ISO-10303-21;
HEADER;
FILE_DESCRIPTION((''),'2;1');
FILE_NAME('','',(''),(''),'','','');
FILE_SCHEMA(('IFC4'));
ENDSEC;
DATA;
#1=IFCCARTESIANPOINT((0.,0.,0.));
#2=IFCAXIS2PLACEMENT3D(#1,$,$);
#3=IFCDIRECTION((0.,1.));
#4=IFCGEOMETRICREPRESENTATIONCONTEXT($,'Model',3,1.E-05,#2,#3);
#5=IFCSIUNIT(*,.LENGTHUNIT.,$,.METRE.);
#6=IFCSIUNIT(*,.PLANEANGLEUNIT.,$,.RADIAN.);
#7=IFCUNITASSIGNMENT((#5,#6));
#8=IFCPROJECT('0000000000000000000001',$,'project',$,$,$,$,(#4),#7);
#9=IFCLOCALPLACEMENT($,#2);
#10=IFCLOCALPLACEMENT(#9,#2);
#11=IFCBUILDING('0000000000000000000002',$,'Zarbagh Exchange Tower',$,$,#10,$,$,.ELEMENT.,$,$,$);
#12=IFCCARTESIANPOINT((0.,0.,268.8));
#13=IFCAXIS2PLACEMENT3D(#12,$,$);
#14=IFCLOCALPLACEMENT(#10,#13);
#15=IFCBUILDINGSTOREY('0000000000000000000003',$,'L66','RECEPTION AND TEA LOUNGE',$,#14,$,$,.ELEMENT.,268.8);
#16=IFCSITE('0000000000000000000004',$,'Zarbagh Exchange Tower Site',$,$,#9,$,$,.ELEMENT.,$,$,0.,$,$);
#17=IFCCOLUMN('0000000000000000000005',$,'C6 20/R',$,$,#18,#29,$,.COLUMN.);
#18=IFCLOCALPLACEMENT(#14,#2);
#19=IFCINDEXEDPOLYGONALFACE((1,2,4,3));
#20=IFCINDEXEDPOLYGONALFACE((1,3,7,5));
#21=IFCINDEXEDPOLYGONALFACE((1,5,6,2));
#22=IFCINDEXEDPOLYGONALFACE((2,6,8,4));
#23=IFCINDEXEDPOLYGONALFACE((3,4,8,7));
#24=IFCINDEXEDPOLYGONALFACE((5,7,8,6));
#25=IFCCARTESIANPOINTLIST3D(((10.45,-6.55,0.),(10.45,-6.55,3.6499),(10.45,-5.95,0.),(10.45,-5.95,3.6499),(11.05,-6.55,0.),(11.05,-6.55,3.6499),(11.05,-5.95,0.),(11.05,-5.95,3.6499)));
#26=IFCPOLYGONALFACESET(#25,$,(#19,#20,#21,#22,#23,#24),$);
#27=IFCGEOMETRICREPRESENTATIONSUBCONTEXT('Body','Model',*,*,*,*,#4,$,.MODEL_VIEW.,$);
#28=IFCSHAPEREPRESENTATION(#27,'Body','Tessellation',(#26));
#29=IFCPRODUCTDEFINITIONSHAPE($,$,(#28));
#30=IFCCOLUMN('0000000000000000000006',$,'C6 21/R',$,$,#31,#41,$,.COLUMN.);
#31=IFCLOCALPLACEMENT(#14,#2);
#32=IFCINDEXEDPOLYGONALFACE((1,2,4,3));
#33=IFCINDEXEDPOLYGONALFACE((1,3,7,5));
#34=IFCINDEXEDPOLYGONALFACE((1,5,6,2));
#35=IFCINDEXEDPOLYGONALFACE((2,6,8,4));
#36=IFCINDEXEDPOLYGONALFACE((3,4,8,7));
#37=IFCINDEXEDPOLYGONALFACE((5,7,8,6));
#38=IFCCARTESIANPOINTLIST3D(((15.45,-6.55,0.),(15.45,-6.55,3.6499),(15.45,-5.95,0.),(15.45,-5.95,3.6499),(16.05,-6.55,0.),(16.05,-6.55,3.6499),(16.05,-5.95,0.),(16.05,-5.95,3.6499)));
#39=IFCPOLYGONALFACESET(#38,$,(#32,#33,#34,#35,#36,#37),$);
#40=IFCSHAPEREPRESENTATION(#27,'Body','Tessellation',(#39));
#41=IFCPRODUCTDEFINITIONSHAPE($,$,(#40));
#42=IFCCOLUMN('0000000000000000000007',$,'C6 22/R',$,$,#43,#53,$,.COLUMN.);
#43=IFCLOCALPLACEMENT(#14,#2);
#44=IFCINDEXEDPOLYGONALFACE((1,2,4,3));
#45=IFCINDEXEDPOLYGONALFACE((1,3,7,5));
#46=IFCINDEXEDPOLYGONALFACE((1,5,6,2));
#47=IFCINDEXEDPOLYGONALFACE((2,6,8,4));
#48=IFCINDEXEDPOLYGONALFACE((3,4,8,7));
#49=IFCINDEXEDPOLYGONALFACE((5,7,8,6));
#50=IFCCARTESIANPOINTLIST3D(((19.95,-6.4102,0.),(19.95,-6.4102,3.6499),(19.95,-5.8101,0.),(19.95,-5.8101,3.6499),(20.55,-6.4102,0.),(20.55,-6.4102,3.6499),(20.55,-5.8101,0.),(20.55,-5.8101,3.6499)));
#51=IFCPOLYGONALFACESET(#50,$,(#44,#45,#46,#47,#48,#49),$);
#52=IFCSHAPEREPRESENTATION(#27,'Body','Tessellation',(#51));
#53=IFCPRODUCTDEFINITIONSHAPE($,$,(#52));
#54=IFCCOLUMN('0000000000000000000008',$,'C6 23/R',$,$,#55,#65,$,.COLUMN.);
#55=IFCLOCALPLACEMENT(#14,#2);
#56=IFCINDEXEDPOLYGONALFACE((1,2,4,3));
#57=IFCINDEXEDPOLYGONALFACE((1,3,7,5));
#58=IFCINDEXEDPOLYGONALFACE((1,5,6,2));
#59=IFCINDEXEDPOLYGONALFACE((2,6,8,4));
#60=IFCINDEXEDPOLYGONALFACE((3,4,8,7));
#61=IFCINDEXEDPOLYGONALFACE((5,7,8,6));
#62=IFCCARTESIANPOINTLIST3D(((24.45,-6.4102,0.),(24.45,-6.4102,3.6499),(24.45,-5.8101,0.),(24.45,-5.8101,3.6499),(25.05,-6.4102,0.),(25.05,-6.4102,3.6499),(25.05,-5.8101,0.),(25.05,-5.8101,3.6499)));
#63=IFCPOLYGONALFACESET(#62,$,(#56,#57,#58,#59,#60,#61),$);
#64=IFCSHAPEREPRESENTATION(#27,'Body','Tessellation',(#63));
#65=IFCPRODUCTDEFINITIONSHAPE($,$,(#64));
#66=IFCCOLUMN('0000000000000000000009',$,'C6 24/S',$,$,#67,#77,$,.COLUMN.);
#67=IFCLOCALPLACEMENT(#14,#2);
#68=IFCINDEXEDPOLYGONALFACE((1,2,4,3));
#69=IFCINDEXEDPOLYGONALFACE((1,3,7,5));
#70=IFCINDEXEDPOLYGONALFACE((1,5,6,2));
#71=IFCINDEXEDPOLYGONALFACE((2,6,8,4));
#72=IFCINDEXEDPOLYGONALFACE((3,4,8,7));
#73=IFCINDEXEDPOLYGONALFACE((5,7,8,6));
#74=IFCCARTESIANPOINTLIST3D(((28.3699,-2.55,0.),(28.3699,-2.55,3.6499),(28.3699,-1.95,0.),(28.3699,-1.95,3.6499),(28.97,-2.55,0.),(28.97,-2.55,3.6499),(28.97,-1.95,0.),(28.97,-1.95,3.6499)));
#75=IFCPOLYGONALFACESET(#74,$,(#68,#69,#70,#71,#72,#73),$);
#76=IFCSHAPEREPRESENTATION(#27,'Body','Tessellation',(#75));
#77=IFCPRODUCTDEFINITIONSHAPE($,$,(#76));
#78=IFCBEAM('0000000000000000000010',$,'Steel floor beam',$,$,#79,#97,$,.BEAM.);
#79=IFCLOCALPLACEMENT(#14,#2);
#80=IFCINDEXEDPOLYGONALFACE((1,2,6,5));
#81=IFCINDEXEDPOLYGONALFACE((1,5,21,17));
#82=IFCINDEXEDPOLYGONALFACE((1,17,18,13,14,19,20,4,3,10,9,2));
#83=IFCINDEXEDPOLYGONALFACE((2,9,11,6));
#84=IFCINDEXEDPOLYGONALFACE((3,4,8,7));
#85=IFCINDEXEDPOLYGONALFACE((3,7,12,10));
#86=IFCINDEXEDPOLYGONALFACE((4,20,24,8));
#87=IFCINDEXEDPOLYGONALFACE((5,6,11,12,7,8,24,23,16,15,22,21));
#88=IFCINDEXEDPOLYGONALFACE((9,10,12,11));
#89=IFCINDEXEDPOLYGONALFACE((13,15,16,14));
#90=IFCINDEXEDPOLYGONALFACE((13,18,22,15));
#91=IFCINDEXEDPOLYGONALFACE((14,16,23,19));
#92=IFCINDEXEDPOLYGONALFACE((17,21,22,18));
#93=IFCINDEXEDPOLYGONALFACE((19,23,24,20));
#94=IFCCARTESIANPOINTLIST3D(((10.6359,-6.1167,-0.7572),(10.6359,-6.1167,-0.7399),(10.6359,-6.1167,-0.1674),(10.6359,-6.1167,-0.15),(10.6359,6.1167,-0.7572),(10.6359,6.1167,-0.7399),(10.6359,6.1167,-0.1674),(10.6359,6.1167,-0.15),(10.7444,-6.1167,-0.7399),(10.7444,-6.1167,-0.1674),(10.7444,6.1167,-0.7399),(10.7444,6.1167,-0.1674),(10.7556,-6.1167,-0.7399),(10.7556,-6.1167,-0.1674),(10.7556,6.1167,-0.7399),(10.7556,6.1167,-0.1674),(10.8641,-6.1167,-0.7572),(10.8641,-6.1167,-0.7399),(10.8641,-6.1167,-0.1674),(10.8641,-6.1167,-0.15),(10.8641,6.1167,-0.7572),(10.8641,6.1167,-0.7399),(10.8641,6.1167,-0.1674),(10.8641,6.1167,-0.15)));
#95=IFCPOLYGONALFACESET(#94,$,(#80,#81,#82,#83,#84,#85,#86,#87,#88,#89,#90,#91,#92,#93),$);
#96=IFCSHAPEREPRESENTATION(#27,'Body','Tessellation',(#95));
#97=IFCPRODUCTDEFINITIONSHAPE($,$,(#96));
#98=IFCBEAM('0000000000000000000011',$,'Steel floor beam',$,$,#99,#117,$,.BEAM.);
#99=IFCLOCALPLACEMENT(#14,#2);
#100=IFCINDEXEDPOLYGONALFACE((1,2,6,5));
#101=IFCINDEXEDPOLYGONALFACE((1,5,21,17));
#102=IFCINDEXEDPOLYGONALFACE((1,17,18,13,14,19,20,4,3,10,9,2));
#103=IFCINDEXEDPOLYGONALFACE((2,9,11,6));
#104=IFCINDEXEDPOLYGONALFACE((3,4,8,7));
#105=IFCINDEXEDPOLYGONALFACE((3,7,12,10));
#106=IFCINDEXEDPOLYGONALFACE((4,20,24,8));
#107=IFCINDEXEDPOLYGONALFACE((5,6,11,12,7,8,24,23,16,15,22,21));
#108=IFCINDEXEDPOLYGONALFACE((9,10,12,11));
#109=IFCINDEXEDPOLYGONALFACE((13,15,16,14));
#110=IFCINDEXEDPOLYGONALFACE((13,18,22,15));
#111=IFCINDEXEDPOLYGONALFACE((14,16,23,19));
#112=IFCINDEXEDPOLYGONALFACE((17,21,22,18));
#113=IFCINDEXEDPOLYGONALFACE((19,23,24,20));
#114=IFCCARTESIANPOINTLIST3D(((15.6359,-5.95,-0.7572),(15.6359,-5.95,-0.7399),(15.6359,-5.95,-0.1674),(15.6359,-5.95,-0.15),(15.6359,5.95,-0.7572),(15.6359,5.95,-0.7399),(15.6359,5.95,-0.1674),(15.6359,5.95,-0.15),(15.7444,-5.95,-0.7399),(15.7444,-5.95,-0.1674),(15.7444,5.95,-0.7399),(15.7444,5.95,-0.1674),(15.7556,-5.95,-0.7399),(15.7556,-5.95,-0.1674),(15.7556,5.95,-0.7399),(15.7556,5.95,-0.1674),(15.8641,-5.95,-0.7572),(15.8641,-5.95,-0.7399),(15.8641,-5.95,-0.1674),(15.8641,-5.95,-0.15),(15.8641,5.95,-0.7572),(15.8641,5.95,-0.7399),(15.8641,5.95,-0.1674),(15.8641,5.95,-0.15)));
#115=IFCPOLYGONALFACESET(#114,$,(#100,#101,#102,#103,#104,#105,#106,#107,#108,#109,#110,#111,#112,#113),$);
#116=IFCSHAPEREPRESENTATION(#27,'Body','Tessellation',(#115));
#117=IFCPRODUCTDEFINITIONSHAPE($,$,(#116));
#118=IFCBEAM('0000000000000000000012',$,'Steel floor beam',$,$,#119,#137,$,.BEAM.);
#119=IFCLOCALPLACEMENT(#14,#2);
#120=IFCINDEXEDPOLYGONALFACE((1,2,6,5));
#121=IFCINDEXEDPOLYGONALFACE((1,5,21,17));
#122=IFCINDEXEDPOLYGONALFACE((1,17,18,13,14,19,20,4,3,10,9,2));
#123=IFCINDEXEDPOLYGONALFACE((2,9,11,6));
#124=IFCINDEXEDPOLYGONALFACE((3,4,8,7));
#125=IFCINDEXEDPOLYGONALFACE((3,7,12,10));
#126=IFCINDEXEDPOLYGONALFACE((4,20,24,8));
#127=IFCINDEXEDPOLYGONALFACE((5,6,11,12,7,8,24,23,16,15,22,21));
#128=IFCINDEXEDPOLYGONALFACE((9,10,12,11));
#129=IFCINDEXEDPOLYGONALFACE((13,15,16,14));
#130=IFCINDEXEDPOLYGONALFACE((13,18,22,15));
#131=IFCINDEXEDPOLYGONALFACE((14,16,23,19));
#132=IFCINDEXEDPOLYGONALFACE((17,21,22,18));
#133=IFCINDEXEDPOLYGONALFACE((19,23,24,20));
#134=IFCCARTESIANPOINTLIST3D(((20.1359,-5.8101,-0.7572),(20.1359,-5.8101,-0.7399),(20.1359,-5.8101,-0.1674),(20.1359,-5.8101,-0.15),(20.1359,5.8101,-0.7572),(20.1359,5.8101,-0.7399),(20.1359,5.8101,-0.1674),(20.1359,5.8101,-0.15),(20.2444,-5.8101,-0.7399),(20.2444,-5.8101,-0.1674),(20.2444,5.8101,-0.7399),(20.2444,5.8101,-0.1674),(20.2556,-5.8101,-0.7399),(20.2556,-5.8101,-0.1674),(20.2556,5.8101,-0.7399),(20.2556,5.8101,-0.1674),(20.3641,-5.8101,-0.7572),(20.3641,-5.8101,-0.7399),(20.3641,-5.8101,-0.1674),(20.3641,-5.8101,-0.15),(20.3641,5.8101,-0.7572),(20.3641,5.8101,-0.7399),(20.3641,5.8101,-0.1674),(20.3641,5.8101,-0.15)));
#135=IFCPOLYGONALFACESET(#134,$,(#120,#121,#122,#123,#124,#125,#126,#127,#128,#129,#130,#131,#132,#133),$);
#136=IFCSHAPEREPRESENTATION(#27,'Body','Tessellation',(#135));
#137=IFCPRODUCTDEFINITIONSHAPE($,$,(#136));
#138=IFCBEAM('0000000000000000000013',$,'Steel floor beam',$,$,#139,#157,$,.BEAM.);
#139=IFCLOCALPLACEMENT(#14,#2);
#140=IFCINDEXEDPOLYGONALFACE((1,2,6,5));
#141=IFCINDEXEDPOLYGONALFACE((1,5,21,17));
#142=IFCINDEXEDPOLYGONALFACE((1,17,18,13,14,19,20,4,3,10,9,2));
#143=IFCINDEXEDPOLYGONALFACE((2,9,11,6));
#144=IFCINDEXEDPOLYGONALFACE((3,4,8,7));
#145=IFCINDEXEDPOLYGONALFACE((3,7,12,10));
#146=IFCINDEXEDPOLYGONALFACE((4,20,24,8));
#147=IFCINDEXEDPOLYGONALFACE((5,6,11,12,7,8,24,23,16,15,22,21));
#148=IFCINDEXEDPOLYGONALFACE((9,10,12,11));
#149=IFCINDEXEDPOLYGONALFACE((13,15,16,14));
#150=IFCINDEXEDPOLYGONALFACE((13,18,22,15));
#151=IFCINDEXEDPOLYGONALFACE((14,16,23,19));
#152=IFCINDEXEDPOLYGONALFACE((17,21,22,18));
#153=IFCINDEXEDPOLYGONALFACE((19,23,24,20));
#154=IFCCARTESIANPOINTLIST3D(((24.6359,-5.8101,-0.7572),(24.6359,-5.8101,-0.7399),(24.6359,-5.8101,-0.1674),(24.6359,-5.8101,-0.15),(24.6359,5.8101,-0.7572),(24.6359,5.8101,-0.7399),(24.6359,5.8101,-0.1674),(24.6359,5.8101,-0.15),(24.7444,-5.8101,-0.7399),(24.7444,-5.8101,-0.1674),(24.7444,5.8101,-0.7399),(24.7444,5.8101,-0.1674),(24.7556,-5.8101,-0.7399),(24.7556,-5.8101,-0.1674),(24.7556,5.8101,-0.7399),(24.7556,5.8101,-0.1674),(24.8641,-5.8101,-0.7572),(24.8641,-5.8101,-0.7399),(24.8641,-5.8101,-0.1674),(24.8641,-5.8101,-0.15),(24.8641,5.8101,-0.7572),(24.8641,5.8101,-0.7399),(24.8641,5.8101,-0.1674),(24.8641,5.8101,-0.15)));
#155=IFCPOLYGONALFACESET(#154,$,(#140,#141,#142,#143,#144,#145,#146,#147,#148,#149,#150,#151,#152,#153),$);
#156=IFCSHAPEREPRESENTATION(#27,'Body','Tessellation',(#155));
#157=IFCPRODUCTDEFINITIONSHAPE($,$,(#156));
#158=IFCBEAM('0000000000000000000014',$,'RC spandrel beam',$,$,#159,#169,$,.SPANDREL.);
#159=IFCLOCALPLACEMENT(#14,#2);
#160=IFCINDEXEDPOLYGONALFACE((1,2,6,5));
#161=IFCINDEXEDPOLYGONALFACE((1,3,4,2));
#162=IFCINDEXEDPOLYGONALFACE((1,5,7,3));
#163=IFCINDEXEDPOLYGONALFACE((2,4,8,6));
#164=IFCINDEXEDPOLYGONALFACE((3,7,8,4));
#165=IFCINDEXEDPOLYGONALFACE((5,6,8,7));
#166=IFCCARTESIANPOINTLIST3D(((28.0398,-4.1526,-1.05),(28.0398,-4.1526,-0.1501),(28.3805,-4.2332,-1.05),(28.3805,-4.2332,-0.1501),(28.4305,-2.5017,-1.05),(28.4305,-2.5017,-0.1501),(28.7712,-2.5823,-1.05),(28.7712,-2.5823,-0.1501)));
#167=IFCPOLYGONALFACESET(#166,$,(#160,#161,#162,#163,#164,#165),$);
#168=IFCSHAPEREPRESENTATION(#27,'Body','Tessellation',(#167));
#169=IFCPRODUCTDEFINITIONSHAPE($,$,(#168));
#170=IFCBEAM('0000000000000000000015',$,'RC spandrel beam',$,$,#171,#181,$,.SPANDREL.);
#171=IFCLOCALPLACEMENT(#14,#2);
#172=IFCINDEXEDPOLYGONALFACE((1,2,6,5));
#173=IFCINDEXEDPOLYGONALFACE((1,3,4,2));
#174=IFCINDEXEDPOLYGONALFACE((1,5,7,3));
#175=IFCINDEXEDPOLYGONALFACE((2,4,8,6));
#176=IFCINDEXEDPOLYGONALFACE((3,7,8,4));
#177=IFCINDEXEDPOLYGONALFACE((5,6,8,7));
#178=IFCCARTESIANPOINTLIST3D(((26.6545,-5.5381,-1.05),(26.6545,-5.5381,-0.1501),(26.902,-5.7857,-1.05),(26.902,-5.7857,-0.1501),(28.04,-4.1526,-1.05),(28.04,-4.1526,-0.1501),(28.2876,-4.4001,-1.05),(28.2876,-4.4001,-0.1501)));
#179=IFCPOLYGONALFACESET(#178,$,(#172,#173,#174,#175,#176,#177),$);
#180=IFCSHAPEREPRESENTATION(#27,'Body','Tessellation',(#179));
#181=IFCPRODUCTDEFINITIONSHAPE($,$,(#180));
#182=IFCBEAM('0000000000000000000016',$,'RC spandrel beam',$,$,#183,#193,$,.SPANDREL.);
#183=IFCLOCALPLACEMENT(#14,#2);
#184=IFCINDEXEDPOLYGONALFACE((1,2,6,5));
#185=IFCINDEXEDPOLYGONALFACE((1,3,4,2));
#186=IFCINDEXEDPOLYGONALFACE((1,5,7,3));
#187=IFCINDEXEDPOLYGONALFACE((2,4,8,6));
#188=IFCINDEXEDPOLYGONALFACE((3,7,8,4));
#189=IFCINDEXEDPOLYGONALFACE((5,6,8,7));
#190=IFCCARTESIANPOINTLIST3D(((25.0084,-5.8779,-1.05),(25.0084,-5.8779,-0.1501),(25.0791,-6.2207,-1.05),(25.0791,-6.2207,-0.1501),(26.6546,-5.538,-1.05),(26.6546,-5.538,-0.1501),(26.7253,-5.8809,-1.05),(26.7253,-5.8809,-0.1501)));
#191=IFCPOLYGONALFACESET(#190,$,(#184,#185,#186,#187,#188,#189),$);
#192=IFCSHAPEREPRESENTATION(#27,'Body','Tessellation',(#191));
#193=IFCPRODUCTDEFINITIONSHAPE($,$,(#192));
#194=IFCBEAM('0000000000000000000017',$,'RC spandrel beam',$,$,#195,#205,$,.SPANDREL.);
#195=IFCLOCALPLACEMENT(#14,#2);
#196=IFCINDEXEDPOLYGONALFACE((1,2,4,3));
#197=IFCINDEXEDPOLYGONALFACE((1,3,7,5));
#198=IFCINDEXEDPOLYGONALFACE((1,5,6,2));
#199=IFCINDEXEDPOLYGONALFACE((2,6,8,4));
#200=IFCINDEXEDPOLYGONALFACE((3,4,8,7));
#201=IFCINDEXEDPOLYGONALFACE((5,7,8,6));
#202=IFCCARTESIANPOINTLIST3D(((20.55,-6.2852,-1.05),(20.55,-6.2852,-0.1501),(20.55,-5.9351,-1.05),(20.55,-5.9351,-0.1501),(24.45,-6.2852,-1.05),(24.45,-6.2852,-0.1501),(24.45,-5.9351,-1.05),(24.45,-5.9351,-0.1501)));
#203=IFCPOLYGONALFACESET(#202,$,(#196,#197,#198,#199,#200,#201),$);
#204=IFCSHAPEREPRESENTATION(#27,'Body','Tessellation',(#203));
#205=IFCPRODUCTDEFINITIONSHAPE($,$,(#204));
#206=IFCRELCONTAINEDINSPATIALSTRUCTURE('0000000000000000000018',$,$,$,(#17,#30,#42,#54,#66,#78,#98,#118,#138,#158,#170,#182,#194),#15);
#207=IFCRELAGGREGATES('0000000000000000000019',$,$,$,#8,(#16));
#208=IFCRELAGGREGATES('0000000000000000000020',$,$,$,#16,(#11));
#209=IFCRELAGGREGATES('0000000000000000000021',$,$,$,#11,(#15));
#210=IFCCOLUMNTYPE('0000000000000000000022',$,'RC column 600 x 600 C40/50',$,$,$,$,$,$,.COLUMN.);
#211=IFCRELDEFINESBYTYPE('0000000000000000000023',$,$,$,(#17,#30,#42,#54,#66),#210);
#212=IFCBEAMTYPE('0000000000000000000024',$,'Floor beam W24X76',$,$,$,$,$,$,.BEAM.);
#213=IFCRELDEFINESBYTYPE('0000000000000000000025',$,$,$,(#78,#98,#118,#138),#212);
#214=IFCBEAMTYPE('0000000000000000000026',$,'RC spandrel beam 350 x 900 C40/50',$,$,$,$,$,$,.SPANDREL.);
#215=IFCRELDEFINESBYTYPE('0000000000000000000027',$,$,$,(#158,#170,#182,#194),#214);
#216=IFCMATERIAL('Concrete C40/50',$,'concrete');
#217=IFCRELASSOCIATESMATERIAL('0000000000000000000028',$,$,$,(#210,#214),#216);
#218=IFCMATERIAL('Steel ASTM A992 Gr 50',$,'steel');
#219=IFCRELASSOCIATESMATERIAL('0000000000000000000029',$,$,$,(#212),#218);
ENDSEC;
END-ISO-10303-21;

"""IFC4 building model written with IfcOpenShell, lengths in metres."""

from ifc_helpers import new_model, si_unit, direction, frame, origin, origin_2d, place, context, subcontext, project, spatial, rectangle, i_section, extrude, material, material_profile, profile_set, type_object, element, save


model = new_model("IFC4")

# Units and contexts
model_context = context("Model", 3, precision=1e-05, world=origin(), true_north=direction((0.0, 1.0)))
body_context = subcontext(model_context, "Body", "Model", "MODEL_VIEW")
ifc_project = project(units=[si_unit("LENGTHUNIT", "METRE"), si_unit("PLANEANGLEUNIT", "RADIAN")], contexts=[model_context])

# Site, building, storey
site_placement = place(None, origin())
site = spatial("IfcSite", under=ifc_project, at=site_placement, Name="Zarbagh Exchange Tower Site", CompositionType="ELEMENT", RefElevation=0.0)
building_placement = place(site_placement, origin())
building = spatial("IfcBuilding", under=site, at=building_placement, Name="Zarbagh Exchange Tower", CompositionType="ELEMENT")
storey_placement = place(building_placement, frame((0.0, 0.0, 268.8)))
storey = spatial("IfcBuildingStorey", under=building, at=storey_placement, Name="L66", Description="RECEPTION AND TEA LOUNGE", CompositionType="ELEMENT", Elevation=268.8)

# Columns
ifc_material_1 = material(Name="Concrete C40/50", Category="concrete")
ifc_material_profile_1 = material_profile(ifc_material_1, rectangle(XDim=0.6001, YDim=0.6001, at=origin_2d()), Name="RC column 600 x 600 C40/50")
ifc_profile_set_1 = profile_set([ifc_material_profile_1], Name="Concrete C40/50")
column_type = type_object("IfcColumnType", Name="RC column 600 x 600 C40/50", PredefinedType="COLUMN", material=ifc_profile_set_1)
for number, where, z_axis, x_axis, name in (
    (1, (10.75, -6.25, 0.0), (0.0, 0.0, 1.0), (1.0, 0.0, 0.0), "C6 20/R"),
    (2, (15.75, -6.25, 0.0), (0.0, 0.0, 1.0), (1.0, 0.0, 0.0), "C6 21/R"),
    (3, (20.25, -6.1101, 0.0), (0.0, 0.0, 1.0), (1.0, 0.0, 0.0), "C6 22/R"),
    (4, (24.75, -6.1101, 0.0), (0.0, 0.0, 1.0), (1.0, 0.0, 0.0), "C6 23/R"),
    (5, (28.6699, -2.25, 0.0), (0.0, 0.0, 1.0), (1.0, 0.0, 0.0), "C6 24/S"),
):
    element("IfcColumn", number, at=place(storey_placement, frame(where, z_axis=z_axis, x_axis=x_axis)), inside=storey, type_object=column_type, Name=name, PredefinedType="COLUMN", context=body_context, shape_type="SweptSolid", body=[
        extrude(rectangle(XDim=0.6001, YDim=0.6001, at=origin_2d()), origin(), (0.0, 0.0, 1.0), 3.6499),
    ])

# Beams
ifc_material_2 = material(Name="Steel ASTM A992 Gr 50", Category="steel")
ifc_material_profile_2 = material_profile(ifc_material_2, i_section(OverallWidth=0.2283, OverallDepth=0.6072, WebThickness=0.0112, FlangeThickness=0.0173, at=origin_2d()), Name="W24X76")
ifc_profile_set_2 = profile_set([ifc_material_profile_2], Name="Steel ASTM A992 Gr 50")
beam_type_1 = type_object("IfcBeamType", Name="Floor beam W24X76", PredefinedType="BEAM", material=ifc_profile_set_2)
beam_1_placement = place(storey_placement, frame((10.75, -6.1167, -0.4536), z_axis=(0.0, 1.0, 0.0), x_axis=(-1.0, 0.0, 0.0)))
element("IfcBeam", 6, at=beam_1_placement, inside=storey, type_object=beam_type_1, Name="Steel floor beam", PredefinedType="BEAM", context=body_context, shape_type="SweptSolid", body=[
    extrude(i_section(OverallWidth=0.2283, OverallDepth=0.6072, WebThickness=0.0112, FlangeThickness=0.0173, at=origin_2d()), origin(), (0.0, 0.0, 1.0), 12.2334),
])
beam_2_placement = place(storey_placement, frame((15.75, -5.95, -0.4536), z_axis=(0.0, 1.0, 0.0), x_axis=(-1.0, 0.0, 0.0)))
element("IfcBeam", 7, at=beam_2_placement, inside=storey, type_object=beam_type_1, Name="Steel floor beam", PredefinedType="BEAM", context=body_context, shape_type="SweptSolid", body=[
    extrude(i_section(OverallWidth=0.2283, OverallDepth=0.6072, WebThickness=0.0112, FlangeThickness=0.0173, at=origin_2d()), origin(), (0.0, 0.0, 1.0), 11.8999),
])
for number, where, z_axis, x_axis, name in (
    (8, (20.25, -5.8101, -0.4536), (0.0, 1.0, 0.0), (-1.0, 0.0, 0.0), "Steel floor beam"),
    (9, (24.75, -5.8101, -0.4536), (0.0, 1.0, 0.0), (-1.0, 0.0, 0.0), "Steel floor beam"),
):
    element("IfcBeam", number, at=place(storey_placement, frame(where, z_axis=z_axis, x_axis=x_axis)), inside=storey, type_object=beam_type_1, Name=name, PredefinedType="BEAM", context=body_context, shape_type="SweptSolid", body=[
        extrude(i_section(OverallWidth=0.2283, OverallDepth=0.6072, WebThickness=0.0112, FlangeThickness=0.0173, at=origin_2d()), origin(), (0.0, 0.0, 1.0), 11.6201),
    ])
ifc_material_profile_3 = material_profile(ifc_material_1, rectangle(XDim=0.3501, YDim=0.8999, at=origin_2d()), Name="RC spandrel beam 350 x 900 C40/50")
ifc_profile_set_3 = profile_set([ifc_material_profile_3], Name="Concrete C40/50")
beam_type_2 = type_object("IfcBeamType", Name="RC spandrel beam 350 x 900 C40/50", PredefinedType="SPANDREL", material=ifc_profile_set_3)
beam_3_placement = place(storey_placement, frame((28.6008, -2.542, -0.6001), z_axis=(-0.230258, -0.97313, 0.0), x_axis=(0.97313, -0.230258, 0.0)))
element("IfcBeam", 10, at=beam_3_placement, inside=storey, type_object=beam_type_2, Name="RC spandrel beam", PredefinedType="SPANDREL", context=body_context, shape_type="SweptSolid", body=[
    extrude(rectangle(XDim=0.3501, YDim=0.8999, at=origin_2d()), origin(), (0.0, 0.0, 1.0), 1.6965),
])
beam_4_placement = place(storey_placement, frame((28.1638, -4.2764, -0.6001), z_axis=(-0.707107, -0.707107, 0.0), x_axis=(0.707107, -0.707107, 0.0)))
element("IfcBeam", 11, at=beam_4_placement, inside=storey, type_object=beam_type_2, Name="RC spandrel beam", PredefinedType="SPANDREL", context=body_context, shape_type="SweptSolid", body=[
    extrude(rectangle(XDim=0.3501, YDim=0.8999, at=origin_2d()), origin(), (0.0, 0.0, 1.0), 1.9595),
])
beam_5_placement = place(storey_placement, frame((26.6899, -5.7095, -0.6001), z_axis=(-0.97935, -0.202173, 0.0), x_axis=(0.202173, -0.97935, 0.0)))
element("IfcBeam", 12, at=beam_5_placement, inside=storey, type_object=beam_type_2, Name="RC spandrel beam", PredefinedType="SPANDREL", context=body_context, shape_type="SweptSolid", body=[
    extrude(rectangle(XDim=0.3501, YDim=0.8999, at=origin_2d()), origin(), (0.0, 0.0, 1.0), 1.6809),
])
beam_6_placement = place(storey_placement, frame((24.45, -6.1101, -0.6001), z_axis=(-1.0, 0.0, 0.0), x_axis=(0.0, -1.0, 0.0)))
element("IfcBeam", 13, at=beam_6_placement, inside=storey, type_object=beam_type_2, Name="RC spandrel beam", PredefinedType="SPANDREL", context=body_context, shape_type="SweptSolid", body=[
    extrude(rectangle(XDim=0.3501, YDim=0.8999, at=origin_2d()), origin(), (0.0, 0.0, 1.0), 3.8999),
])

save(model, "model.ifc")
